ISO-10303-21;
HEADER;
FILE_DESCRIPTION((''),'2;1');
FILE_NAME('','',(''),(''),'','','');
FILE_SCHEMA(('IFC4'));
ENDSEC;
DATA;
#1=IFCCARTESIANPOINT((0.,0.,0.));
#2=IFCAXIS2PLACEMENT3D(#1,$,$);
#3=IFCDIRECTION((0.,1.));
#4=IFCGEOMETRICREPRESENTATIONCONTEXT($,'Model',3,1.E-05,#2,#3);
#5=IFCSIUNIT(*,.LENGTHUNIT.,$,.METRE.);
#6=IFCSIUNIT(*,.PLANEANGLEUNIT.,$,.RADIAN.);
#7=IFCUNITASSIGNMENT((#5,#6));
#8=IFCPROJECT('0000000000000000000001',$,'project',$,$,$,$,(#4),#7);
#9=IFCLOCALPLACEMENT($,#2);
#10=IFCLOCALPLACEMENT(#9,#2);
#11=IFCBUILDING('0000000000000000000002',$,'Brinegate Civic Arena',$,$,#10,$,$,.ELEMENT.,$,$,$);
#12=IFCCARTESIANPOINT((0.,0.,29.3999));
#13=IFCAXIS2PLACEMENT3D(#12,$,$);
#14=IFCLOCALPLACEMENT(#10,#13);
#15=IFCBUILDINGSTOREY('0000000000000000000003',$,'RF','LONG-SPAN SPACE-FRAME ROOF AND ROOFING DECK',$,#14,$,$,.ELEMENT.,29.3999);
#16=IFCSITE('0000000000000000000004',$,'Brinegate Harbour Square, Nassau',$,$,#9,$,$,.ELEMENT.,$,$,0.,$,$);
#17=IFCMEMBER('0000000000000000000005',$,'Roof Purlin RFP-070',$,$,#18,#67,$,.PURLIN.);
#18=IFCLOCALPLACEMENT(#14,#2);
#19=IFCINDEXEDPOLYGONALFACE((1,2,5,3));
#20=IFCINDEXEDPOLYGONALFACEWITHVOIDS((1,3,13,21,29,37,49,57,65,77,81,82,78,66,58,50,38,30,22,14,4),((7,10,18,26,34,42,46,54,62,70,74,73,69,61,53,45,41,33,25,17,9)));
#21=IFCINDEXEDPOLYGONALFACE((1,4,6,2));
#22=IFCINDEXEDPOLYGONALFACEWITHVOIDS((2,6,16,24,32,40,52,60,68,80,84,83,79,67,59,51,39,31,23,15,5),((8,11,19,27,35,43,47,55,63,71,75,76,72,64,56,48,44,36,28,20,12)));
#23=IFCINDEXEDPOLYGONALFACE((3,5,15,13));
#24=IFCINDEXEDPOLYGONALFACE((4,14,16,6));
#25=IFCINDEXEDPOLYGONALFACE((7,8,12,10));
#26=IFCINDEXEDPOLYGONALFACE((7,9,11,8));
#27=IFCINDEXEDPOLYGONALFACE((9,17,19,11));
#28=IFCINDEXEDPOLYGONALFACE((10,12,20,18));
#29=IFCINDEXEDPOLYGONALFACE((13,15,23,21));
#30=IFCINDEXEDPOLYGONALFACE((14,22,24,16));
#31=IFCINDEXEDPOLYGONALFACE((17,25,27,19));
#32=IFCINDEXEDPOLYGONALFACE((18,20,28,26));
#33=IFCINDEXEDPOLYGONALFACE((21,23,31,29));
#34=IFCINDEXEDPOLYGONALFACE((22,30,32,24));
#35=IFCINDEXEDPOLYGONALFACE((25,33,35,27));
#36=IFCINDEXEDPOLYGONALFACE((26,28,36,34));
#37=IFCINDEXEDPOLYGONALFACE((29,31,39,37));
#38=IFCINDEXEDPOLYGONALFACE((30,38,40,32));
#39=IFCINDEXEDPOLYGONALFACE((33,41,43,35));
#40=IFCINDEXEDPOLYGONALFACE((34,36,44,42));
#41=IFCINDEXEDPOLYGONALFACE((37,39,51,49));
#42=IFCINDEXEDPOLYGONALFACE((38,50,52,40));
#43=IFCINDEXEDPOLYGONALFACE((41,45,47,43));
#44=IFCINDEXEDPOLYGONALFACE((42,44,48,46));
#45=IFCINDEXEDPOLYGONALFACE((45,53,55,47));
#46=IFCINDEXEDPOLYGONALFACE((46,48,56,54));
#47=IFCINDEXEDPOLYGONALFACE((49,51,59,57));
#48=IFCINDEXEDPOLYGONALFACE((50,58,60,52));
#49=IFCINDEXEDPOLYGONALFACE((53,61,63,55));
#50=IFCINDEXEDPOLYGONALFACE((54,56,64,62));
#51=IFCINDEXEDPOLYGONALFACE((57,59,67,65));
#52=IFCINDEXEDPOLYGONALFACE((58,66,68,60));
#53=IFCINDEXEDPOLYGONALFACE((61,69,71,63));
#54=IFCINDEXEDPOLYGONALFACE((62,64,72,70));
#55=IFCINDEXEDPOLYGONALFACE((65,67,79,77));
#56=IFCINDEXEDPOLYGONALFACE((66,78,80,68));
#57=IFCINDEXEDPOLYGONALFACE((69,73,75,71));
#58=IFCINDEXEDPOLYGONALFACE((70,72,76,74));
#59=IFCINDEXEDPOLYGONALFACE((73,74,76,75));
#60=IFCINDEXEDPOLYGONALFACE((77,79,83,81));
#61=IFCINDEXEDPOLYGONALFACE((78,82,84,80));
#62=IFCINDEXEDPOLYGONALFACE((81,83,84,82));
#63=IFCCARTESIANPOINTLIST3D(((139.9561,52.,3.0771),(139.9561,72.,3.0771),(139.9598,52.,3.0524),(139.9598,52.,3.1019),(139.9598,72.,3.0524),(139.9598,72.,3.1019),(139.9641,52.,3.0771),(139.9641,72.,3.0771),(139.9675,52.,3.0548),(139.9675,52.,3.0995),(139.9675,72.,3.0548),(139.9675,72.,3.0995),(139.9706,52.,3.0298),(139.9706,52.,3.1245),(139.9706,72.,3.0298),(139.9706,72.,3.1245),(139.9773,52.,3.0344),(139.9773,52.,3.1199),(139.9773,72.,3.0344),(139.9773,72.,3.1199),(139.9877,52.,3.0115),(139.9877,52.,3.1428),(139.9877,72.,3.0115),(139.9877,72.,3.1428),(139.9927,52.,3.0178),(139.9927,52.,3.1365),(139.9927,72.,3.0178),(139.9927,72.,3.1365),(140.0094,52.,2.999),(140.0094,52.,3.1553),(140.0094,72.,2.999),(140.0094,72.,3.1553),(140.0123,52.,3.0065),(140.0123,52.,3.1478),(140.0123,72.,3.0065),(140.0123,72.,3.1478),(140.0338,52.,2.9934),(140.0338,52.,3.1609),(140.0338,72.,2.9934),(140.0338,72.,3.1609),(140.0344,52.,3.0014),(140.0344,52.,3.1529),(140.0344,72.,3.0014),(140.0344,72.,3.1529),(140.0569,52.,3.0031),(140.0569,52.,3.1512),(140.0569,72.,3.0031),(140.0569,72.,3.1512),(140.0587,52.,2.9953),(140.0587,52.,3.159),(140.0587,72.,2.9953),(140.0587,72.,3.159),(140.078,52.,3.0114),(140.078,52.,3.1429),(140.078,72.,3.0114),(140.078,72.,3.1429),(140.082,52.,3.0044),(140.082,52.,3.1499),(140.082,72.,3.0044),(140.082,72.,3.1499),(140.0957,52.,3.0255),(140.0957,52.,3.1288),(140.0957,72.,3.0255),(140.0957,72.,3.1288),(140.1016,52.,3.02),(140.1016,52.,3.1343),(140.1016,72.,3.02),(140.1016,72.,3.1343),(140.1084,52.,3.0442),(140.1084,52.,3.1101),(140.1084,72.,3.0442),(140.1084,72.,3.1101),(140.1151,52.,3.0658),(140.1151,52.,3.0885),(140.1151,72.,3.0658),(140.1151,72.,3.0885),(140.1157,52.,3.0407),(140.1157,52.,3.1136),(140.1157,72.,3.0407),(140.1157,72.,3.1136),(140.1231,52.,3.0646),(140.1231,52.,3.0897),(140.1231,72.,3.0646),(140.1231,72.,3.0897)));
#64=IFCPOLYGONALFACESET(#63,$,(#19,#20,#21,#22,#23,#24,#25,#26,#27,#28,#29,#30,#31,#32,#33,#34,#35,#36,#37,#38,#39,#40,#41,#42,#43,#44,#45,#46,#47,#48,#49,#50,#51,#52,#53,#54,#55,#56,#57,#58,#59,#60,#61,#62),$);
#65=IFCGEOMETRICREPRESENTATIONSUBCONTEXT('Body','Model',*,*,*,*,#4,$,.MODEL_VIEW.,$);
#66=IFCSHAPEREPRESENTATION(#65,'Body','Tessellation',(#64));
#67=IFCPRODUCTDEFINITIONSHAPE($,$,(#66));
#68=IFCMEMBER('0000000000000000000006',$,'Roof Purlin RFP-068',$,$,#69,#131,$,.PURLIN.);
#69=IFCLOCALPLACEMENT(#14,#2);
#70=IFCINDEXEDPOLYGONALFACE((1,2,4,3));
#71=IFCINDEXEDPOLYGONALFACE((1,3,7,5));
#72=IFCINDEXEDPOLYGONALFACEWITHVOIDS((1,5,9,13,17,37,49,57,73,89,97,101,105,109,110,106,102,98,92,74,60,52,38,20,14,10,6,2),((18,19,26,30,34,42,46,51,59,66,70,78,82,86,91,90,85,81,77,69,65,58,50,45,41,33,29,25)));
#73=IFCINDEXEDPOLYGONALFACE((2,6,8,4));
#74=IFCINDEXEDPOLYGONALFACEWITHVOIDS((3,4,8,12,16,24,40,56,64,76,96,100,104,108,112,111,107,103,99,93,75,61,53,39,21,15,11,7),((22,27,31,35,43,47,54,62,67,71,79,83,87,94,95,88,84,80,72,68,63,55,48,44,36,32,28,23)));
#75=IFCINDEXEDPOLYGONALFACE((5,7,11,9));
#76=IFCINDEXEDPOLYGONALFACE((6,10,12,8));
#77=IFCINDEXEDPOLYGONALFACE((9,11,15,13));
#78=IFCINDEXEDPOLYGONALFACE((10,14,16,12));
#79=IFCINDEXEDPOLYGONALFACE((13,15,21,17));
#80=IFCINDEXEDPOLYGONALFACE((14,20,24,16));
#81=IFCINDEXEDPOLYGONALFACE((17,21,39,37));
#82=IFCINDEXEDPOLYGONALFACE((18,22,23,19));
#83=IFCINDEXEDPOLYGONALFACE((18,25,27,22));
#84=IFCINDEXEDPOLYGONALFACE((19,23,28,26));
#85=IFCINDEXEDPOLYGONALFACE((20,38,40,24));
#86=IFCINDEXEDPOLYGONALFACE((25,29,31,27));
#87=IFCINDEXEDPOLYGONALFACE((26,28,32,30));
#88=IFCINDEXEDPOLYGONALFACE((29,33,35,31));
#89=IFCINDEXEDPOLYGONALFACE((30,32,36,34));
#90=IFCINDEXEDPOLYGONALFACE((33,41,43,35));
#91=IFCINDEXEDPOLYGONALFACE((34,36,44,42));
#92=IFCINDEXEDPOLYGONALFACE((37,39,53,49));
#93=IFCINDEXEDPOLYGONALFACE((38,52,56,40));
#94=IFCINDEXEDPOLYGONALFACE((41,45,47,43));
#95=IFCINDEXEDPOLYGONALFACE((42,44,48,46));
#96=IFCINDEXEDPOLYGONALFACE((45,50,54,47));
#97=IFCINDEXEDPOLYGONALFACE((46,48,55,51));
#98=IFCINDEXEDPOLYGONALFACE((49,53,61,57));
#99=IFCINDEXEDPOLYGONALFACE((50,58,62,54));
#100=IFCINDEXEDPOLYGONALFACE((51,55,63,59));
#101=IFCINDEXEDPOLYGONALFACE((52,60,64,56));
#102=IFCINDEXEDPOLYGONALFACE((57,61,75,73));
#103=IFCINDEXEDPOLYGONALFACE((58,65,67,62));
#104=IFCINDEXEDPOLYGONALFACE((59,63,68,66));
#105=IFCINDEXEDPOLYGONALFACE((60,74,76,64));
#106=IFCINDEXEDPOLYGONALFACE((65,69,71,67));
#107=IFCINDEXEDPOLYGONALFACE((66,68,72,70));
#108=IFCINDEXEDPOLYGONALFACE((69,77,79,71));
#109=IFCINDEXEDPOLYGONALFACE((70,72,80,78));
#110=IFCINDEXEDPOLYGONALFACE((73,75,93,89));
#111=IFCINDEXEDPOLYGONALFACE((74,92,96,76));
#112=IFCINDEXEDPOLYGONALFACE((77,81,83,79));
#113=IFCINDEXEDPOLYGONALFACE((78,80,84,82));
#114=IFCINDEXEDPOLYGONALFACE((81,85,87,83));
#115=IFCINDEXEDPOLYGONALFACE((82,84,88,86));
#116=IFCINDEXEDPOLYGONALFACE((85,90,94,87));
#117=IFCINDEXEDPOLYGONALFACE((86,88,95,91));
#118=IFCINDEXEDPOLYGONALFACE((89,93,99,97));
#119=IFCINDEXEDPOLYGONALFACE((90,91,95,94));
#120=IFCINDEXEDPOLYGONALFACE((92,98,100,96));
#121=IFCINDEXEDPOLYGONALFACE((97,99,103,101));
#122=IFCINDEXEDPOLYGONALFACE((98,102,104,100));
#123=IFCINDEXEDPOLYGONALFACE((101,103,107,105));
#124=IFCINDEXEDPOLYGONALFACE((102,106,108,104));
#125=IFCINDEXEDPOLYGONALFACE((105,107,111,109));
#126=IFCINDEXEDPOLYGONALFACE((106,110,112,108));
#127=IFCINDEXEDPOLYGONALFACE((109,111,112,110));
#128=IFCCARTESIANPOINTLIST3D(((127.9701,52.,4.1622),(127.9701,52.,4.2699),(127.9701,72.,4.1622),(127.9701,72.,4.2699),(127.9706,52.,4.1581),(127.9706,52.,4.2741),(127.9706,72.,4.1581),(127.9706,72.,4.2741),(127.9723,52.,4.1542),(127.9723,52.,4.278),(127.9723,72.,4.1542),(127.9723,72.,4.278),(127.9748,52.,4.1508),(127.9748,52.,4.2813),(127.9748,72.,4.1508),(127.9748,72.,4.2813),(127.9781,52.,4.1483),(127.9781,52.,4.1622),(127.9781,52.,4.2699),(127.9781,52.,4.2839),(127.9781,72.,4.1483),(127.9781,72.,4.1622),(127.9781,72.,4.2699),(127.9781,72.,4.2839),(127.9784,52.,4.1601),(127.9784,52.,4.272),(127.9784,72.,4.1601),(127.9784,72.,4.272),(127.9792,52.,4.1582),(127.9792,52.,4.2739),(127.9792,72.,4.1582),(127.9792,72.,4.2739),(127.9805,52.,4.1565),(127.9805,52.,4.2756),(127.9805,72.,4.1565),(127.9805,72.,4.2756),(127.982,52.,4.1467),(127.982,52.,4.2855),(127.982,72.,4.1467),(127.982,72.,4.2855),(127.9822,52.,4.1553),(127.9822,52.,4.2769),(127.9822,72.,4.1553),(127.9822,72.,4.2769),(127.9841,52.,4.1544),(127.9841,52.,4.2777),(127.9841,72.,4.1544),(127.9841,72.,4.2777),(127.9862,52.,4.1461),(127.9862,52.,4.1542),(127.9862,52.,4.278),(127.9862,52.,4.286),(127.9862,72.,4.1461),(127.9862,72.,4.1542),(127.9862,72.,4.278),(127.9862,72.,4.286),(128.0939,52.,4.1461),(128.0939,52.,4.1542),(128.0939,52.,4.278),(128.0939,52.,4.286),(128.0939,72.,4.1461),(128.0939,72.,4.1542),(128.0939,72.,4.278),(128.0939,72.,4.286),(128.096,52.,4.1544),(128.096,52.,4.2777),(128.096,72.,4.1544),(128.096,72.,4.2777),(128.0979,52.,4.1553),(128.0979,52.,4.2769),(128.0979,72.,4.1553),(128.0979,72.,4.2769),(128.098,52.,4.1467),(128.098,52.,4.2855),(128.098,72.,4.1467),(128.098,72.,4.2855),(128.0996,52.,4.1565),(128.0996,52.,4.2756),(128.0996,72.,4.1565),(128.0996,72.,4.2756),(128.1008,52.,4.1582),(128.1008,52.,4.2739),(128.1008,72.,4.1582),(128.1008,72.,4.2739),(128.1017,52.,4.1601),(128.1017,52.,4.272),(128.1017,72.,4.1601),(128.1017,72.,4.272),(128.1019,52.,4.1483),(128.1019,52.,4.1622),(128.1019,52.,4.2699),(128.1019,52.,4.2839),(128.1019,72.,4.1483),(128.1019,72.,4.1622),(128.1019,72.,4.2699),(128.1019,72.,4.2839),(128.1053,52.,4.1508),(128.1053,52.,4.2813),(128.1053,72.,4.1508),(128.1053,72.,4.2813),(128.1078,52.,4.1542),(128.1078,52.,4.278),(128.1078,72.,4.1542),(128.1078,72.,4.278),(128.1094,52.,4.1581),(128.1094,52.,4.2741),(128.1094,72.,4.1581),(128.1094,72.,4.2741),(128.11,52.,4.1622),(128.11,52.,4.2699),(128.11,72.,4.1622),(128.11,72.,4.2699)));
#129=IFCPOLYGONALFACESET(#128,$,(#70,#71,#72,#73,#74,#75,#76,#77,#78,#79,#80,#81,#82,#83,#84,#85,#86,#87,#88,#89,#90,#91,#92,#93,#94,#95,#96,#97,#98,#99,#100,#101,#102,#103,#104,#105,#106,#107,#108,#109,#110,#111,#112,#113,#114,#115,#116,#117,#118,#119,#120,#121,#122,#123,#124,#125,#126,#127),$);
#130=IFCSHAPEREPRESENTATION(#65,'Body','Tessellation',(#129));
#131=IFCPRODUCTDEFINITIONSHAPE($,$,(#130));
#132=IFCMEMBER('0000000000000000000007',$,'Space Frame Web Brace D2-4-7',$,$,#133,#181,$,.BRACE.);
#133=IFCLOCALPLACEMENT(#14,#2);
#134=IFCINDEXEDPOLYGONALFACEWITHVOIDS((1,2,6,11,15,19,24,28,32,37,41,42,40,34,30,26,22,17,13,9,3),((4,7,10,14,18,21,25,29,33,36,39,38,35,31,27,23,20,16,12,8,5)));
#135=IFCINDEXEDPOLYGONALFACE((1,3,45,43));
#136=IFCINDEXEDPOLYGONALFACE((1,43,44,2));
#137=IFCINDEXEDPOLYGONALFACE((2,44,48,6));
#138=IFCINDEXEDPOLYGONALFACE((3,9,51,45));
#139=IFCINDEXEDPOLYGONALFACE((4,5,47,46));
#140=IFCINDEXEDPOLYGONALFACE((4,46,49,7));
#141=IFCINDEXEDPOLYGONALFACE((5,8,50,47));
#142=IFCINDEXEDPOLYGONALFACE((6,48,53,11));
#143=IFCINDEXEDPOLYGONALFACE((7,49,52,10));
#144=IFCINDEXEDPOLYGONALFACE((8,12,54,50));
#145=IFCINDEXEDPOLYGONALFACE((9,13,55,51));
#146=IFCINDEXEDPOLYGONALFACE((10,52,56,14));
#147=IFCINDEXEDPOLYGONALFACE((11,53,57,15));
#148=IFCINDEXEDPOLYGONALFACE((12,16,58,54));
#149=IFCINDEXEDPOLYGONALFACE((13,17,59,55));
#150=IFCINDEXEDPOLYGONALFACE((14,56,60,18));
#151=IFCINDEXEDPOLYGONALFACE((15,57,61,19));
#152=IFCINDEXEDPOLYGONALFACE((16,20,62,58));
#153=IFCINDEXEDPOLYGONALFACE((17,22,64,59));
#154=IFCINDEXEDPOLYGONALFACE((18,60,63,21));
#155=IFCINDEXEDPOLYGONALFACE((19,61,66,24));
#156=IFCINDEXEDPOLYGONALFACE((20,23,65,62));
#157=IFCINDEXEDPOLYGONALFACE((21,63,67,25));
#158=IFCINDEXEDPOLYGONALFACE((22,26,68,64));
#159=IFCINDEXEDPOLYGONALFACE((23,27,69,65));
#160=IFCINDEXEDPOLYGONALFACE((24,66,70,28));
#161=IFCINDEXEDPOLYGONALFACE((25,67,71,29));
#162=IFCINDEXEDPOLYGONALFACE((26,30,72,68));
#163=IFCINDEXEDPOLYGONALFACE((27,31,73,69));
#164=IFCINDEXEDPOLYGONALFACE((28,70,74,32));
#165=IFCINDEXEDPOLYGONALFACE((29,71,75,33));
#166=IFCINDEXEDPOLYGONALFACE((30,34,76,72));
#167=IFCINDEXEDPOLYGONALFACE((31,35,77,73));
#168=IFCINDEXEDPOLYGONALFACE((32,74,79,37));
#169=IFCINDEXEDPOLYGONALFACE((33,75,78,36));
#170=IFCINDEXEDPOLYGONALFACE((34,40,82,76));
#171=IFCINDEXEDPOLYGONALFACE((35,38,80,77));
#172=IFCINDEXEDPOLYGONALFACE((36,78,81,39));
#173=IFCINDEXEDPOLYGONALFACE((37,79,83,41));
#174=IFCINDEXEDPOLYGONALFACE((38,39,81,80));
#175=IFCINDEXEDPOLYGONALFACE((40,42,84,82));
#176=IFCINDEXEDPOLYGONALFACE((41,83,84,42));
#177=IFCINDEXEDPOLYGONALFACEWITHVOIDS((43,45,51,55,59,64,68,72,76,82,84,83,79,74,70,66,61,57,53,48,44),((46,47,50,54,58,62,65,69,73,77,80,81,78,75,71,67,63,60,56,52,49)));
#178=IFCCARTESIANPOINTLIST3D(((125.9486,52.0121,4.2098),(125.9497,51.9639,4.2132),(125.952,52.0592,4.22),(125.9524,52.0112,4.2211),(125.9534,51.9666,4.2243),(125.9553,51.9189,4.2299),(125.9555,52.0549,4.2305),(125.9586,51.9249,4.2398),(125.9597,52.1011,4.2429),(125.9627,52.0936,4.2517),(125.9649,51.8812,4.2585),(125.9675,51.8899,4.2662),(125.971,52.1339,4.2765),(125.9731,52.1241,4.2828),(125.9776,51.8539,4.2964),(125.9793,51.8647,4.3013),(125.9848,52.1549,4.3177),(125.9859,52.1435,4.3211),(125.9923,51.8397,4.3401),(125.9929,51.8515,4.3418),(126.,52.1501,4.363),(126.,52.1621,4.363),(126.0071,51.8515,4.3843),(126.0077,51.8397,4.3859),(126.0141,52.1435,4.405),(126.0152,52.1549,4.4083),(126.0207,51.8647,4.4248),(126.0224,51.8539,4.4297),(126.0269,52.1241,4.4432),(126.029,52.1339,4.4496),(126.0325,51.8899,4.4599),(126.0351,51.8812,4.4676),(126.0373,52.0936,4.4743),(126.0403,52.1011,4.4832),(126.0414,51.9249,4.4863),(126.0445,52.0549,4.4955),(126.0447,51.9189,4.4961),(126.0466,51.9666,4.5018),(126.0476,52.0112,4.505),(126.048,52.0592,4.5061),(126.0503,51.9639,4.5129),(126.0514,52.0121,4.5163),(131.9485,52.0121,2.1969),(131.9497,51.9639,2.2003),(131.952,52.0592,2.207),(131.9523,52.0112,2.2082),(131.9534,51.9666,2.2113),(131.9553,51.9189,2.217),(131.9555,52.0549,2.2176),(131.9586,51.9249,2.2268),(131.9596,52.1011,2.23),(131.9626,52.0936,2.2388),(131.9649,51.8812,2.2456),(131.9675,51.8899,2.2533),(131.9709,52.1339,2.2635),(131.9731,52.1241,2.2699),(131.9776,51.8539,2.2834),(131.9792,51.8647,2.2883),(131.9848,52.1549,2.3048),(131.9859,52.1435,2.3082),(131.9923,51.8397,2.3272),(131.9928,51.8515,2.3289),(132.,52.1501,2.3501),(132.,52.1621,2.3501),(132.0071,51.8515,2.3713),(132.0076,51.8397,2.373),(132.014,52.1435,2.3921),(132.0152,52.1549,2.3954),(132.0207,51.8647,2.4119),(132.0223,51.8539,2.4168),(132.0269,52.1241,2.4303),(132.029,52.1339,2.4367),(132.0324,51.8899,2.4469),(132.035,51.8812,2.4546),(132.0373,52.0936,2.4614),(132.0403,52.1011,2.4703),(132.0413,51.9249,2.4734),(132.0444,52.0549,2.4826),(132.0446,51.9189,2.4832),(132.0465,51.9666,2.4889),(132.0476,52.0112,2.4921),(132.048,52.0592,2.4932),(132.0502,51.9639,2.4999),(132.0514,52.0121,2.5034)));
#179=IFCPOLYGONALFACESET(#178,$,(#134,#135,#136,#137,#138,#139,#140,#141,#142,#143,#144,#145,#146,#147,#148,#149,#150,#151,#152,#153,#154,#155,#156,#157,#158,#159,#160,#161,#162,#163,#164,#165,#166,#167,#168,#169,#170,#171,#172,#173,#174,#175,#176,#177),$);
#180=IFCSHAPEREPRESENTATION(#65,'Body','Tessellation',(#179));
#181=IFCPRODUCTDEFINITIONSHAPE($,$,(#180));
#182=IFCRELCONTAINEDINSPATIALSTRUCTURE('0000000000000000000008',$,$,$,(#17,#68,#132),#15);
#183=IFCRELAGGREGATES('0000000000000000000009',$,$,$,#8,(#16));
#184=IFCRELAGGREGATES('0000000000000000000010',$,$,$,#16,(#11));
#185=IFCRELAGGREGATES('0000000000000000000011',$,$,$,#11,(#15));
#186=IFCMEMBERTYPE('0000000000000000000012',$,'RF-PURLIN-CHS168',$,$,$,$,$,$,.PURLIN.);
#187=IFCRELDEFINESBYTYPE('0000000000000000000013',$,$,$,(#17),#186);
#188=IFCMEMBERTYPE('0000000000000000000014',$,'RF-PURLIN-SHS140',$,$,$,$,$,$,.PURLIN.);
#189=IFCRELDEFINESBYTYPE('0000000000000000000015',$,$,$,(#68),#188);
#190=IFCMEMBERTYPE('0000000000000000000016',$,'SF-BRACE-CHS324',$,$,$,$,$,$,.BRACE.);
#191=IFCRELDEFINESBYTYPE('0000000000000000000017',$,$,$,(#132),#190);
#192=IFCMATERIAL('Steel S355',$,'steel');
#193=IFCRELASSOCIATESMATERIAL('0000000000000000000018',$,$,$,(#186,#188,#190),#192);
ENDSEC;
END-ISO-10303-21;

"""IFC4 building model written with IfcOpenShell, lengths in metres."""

from ifc_helpers import new_model, si_unit, direction, frame, origin, origin_2d, place, context, subcontext, project, spatial, hollow_rectangle, hollow_circle, extrude, material, material_profile, profile_set, type_object, element, save


model = new_model("IFC4")

# Units and contexts
model_context = context("Model", 3, precision=1e-05, world=origin(), true_north=direction((0.0, 1.0)))
body_context = subcontext(model_context, "Body", "Model", "MODEL_VIEW")
ifc_project = project(units=[si_unit("LENGTHUNIT", "METRE"), si_unit("PLANEANGLEUNIT", "RADIAN")], contexts=[model_context])

# Site, building, storey
site_placement = place(None, origin())
site = spatial("IfcSite", under=ifc_project, at=site_placement, Name="Brinegate Harbour Square, Nassau", CompositionType="ELEMENT", RefElevation=0.0)
building_placement = place(site_placement, origin())
building = spatial("IfcBuilding", under=site, at=building_placement, Name="Brinegate Civic Arena", CompositionType="ELEMENT")
storey_placement = place(building_placement, frame((0.0, 0.0, 29.3999)))
storey = spatial("IfcBuildingStorey", under=building, at=storey_placement, Name="RF", Description="LONG-SPAN SPACE-FRAME ROOF AND ROOFING DECK", CompositionType="ELEMENT", Elevation=29.3999)

# Shared definitions
ifc_material_1 = material(Name="Steel S355", Category="steel")

# Members
ifc_material_profile_1 = material_profile(ifc_material_1, hollow_circle(Radius=0.084, WallThickness=0.0081, at=origin_2d()), Name="CHS168X8")
ifc_profile_set_1 = profile_set([ifc_material_profile_1], Name="Steel S355")
member_type_1 = type_object("IfcMemberType", Name="RF-PURLIN-CHS168", PredefinedType="PURLIN", material=ifc_profile_set_1)
for number, where, z_axis, x_axis, name in (
    (1, (140.04, 52.0, 3.0771), (0.0, 1.0, 0.0), (-1.0, 0.0, 0.0), "Roof Purlin RFP-070"),
):
    element("IfcMember", number, at=place(storey_placement, frame(where, z_axis=z_axis, x_axis=x_axis)), inside=storey, type_object=member_type_1, Name=name, PredefinedType="PURLIN", context=body_context, shape_type="SweptSolid", body=[
        extrude(hollow_circle(Radius=0.084, WallThickness=0.0081, at=origin_2d()), origin(), (0.0, 0.0, 1.0), 20.0),
    ])
ifc_material_profile_2 = material_profile(ifc_material_1, hollow_rectangle(XDim=0.1399, YDim=0.1399, WallThickness=0.0081, InnerFilletRadius=0.0081, OuterFilletRadius=0.0161, at=origin_2d()), Name="SHS140X8")
ifc_profile_set_2 = profile_set([ifc_material_profile_2], Name="Steel S355")
member_type_2 = type_object("IfcMemberType", Name="RF-PURLIN-SHS140", PredefinedType="PURLIN", material=ifc_profile_set_2)
member_1_placement = place(storey_placement, frame((128.04, 52.0, 4.2161), z_axis=(0.0, 1.0, 0.0), x_axis=(-1.0, 0.0, 0.0)))
element("IfcMember", 2, at=member_1_placement, inside=storey, type_object=member_type_2, Name="Roof Purlin RFP-068", PredefinedType="PURLIN", context=body_context, shape_type="SweptSolid", body=[
    extrude(hollow_rectangle(XDim=0.1399, YDim=0.1399, WallThickness=0.0081, InnerFilletRadius=0.0081, OuterFilletRadius=0.0161, at=origin_2d()), origin(), (0.0, 0.0, 1.0), 20.0),
])
ifc_material_profile_3 = material_profile(ifc_material_1, hollow_circle(Radius=0.1621, WallThickness=0.012, at=origin_2d()), Name="CHS324X12")
ifc_profile_set_3 = profile_set([ifc_material_profile_3], Name="Steel S355")
member_type_3 = type_object("IfcMemberType", Name="SF-BRACE-CHS324", PredefinedType="BRACE", material=ifc_profile_set_3)
member_2_placement = place(storey_placement, frame((126.0, 52.0, 4.363), z_axis=(0.948068, 0.0, -0.318067), x_axis=(0.0, 1.0, 0.0)))
element("IfcMember", 3, at=member_2_placement, inside=storey, type_object=member_type_3, Name="Space Frame Web Brace D2-4-7", PredefinedType="BRACE", context=body_context, shape_type="SweptSolid", body=[
    extrude(hollow_circle(Radius=0.1621, WallThickness=0.012, at=origin_2d()), origin(), (0.0, 0.0, 1.0), 6.3286),
])

save(model, "model.ifc")
